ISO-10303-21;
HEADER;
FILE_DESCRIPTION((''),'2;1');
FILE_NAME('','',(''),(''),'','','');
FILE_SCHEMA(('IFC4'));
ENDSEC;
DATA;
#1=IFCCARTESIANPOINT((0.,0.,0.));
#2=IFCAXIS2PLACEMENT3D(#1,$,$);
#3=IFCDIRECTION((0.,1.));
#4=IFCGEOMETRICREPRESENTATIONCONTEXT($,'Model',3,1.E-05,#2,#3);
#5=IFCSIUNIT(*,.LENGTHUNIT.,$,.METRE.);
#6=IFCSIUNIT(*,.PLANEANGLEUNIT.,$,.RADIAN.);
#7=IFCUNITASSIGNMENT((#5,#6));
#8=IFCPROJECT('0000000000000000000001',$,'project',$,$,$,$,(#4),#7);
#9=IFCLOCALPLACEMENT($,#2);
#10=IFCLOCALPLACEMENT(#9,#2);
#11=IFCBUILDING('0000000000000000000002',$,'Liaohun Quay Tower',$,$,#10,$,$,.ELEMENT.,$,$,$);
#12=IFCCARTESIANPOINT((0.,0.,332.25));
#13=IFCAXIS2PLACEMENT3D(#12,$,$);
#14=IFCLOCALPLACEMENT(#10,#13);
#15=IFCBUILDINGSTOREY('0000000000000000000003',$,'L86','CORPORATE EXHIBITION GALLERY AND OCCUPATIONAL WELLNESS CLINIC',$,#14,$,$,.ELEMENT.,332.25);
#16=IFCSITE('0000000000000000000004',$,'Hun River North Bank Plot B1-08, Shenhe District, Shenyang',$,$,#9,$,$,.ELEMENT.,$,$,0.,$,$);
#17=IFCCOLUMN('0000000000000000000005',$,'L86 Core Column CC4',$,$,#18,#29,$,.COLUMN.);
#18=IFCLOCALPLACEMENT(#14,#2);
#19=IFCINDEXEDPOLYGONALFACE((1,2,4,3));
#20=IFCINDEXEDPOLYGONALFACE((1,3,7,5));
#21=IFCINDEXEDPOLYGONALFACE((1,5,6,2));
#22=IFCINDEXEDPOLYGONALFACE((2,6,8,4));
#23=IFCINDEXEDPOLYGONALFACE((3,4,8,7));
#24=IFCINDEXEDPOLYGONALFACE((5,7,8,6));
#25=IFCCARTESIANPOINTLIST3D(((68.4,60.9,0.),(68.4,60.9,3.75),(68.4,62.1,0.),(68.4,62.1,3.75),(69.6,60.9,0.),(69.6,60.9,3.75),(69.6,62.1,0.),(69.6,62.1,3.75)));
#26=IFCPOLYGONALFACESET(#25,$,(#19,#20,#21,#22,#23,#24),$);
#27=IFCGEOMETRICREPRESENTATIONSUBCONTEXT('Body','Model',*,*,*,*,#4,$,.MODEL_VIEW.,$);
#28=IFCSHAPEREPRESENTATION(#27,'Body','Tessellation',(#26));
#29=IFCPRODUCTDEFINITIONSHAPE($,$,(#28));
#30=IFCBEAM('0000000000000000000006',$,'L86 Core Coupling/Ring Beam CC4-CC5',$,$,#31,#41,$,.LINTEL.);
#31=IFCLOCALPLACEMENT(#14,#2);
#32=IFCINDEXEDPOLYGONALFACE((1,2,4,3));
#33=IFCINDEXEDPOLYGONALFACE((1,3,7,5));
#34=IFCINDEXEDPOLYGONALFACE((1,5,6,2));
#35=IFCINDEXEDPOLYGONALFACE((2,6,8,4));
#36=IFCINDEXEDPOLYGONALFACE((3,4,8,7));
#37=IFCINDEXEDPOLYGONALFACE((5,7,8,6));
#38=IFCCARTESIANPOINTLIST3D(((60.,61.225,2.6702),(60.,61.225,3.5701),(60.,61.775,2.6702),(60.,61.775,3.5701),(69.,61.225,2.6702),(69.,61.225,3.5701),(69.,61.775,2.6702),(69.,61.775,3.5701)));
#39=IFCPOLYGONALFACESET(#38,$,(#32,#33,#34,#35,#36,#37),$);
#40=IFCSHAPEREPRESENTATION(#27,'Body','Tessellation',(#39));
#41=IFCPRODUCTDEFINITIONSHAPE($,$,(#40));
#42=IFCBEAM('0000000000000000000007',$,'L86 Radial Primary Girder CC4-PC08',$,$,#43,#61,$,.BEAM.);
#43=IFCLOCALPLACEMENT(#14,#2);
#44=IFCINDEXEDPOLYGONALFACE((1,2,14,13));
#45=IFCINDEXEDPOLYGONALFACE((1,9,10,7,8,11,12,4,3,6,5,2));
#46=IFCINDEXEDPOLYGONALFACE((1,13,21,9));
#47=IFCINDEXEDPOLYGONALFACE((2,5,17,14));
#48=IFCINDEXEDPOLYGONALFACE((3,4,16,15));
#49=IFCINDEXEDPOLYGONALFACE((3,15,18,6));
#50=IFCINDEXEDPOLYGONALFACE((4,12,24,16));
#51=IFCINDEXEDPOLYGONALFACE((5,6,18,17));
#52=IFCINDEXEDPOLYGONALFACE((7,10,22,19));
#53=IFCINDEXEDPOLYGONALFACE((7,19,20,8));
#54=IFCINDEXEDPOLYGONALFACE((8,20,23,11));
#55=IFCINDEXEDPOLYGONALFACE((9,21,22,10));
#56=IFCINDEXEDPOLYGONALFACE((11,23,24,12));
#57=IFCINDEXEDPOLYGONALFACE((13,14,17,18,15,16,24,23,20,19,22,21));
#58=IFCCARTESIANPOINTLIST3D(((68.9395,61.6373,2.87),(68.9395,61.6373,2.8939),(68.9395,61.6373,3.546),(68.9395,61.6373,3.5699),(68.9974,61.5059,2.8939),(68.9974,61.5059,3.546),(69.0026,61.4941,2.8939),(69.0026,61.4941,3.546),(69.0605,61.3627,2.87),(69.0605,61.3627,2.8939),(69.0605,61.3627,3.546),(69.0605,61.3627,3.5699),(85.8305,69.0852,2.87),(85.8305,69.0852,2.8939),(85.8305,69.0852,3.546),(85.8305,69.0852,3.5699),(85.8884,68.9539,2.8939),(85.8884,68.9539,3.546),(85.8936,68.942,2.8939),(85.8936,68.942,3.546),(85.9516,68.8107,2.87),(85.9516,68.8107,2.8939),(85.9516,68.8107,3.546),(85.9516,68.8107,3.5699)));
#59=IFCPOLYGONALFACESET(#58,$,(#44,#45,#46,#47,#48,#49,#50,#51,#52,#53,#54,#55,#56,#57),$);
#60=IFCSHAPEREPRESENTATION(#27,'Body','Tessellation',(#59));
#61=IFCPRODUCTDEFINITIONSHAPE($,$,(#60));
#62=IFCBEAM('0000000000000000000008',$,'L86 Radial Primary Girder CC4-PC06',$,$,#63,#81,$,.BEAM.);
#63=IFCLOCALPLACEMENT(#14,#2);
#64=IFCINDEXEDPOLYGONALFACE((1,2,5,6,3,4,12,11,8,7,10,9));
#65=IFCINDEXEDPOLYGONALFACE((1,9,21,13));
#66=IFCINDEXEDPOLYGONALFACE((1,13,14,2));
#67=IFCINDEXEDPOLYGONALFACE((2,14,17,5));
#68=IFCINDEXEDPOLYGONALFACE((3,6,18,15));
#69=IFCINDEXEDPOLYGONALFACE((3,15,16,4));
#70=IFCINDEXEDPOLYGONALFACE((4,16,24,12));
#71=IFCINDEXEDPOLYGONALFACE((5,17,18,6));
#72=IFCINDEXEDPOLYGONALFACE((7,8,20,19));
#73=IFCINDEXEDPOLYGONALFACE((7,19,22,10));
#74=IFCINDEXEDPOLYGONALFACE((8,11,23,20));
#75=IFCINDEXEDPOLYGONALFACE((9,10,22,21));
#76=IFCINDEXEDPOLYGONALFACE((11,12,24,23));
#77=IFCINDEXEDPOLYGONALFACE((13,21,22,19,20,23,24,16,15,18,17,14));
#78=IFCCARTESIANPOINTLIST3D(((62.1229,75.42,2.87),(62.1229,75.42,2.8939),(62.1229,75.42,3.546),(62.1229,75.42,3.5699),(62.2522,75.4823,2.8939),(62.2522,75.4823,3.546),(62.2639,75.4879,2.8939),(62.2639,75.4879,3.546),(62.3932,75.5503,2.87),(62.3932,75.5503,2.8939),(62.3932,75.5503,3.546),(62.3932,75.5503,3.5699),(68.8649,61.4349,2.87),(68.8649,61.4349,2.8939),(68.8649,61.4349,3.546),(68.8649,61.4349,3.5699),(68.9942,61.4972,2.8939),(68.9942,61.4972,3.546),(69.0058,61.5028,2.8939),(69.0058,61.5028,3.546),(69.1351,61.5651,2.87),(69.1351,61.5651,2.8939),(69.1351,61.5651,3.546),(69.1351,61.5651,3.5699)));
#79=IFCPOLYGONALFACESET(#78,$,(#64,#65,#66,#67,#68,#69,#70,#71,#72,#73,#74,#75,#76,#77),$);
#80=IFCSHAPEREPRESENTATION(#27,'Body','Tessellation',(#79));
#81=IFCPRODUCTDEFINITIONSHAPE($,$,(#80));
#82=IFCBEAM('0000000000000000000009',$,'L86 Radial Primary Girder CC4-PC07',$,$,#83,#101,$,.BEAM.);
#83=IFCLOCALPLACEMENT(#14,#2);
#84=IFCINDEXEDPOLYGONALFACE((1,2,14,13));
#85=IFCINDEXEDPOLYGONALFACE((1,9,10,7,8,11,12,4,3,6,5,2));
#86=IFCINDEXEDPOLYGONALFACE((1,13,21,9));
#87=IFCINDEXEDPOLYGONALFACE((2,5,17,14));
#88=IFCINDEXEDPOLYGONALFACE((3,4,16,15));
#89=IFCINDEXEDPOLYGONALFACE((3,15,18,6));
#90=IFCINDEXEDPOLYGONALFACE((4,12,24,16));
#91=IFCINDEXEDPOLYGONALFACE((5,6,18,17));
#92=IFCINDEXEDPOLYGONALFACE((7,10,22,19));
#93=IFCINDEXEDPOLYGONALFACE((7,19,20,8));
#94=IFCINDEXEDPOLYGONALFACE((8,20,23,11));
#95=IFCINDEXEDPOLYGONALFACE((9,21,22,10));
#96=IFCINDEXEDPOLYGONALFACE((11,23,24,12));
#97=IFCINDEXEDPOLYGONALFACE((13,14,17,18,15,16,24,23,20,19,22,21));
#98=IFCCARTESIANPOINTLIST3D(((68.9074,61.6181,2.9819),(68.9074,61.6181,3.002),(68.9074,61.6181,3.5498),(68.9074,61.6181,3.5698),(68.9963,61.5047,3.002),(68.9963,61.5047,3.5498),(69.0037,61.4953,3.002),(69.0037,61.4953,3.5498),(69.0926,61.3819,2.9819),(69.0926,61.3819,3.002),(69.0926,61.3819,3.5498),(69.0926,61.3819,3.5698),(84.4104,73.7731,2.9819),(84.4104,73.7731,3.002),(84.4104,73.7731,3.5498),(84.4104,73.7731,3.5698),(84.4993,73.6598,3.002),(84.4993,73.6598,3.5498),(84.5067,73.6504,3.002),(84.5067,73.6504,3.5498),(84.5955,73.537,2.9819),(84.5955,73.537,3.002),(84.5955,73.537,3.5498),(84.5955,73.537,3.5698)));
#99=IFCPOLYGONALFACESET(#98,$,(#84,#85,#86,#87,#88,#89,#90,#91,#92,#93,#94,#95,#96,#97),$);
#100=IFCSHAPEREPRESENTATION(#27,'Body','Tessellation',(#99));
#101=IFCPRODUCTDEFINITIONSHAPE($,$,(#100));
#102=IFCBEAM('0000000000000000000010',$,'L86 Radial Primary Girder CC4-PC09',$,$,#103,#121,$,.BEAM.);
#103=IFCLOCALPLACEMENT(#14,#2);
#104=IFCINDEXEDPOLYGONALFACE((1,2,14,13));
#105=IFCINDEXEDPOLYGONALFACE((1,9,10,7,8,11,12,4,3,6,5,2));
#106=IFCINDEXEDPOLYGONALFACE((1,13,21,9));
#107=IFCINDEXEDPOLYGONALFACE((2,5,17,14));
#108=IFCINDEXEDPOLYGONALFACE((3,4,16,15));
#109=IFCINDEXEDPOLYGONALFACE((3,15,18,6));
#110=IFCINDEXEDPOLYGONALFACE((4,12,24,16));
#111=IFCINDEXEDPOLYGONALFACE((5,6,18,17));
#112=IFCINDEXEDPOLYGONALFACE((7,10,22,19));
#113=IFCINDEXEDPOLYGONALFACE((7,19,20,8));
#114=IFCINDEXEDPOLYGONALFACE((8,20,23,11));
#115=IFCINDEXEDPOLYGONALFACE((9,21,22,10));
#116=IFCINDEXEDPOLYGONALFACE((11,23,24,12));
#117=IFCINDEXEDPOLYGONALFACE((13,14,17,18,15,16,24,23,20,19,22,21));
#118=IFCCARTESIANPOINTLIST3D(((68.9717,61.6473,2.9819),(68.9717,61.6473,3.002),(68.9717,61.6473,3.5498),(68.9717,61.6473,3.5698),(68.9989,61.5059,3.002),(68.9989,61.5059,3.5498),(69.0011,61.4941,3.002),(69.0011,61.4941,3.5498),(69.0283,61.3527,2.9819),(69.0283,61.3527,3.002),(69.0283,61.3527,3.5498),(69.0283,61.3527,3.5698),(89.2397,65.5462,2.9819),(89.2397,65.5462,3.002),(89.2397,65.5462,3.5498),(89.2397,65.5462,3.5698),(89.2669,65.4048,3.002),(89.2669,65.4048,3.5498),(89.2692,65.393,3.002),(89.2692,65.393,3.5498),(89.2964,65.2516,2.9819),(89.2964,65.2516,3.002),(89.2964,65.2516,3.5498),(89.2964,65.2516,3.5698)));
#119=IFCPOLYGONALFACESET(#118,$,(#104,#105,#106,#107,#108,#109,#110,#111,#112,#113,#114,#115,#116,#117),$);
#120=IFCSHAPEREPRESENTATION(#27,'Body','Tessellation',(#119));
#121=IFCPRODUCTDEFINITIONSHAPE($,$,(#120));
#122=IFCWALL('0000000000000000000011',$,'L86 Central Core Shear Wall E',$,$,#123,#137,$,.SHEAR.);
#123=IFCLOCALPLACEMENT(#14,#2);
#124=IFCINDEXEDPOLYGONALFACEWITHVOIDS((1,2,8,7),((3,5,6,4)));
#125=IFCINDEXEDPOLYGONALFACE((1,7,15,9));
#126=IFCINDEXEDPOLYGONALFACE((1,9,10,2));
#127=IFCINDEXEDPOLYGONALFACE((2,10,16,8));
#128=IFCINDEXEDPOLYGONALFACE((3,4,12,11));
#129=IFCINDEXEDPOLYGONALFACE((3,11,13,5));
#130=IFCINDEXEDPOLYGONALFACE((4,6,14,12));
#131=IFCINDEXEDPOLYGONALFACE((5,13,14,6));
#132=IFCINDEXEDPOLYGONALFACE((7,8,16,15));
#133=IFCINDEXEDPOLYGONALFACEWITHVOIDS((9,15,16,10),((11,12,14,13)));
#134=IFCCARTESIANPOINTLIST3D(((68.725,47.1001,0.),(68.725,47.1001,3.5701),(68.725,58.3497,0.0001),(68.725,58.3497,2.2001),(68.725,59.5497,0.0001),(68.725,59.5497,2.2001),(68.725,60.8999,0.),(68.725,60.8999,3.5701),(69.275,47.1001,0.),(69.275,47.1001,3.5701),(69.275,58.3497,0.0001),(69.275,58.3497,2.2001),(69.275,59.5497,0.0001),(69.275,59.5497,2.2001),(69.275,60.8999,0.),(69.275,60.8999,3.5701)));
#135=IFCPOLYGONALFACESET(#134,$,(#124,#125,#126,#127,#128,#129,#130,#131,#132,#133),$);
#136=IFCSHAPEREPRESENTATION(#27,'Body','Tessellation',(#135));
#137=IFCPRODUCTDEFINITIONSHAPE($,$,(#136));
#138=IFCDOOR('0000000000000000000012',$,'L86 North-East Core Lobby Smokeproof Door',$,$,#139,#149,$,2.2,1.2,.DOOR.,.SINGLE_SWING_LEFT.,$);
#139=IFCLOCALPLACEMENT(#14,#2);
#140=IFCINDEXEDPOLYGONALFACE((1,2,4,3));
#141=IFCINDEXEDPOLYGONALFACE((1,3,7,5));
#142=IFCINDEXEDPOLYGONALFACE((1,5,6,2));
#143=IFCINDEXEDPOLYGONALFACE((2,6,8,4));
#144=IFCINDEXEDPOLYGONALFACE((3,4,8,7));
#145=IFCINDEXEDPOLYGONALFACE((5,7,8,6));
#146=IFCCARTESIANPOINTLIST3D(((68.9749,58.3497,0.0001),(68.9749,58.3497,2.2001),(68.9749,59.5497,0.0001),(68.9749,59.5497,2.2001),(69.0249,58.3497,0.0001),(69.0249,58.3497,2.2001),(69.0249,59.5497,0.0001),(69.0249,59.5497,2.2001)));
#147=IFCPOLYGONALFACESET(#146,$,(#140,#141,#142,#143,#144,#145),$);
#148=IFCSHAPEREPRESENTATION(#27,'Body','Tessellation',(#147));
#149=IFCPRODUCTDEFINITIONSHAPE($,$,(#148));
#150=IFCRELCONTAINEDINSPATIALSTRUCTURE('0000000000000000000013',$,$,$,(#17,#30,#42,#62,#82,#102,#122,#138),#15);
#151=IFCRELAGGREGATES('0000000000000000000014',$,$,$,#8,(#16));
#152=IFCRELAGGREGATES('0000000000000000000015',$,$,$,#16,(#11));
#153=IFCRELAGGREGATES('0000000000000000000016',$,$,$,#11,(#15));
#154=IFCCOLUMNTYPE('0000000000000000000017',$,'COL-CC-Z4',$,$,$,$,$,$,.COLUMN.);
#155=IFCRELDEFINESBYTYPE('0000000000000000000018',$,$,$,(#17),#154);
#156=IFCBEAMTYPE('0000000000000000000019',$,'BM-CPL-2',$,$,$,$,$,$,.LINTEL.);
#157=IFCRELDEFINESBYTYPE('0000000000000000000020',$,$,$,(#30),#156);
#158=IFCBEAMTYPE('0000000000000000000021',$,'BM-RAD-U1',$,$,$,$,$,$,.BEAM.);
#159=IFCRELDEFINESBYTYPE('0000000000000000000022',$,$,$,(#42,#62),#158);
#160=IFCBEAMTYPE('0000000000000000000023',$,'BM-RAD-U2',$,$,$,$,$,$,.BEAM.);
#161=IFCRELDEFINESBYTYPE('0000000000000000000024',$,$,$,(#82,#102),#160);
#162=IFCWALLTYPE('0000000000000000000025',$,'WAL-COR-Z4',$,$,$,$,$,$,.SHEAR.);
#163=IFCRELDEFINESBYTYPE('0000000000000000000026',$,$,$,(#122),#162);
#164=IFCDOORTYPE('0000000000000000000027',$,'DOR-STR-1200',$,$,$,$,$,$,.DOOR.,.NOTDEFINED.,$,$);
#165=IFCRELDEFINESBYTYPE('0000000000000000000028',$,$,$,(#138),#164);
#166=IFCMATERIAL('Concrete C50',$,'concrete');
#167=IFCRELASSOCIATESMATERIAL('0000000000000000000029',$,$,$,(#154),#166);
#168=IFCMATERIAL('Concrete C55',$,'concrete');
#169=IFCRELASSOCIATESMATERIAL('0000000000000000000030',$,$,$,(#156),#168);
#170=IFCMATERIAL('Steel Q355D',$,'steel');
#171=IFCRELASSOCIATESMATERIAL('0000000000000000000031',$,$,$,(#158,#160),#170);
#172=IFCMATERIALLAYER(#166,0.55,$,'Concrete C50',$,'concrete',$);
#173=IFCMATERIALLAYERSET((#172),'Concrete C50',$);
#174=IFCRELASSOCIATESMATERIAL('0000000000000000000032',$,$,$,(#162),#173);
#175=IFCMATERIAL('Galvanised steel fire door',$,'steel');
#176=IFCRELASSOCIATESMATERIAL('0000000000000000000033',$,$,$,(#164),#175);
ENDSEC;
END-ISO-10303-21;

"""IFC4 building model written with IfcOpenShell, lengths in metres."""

from ifc_helpers import new_model, si_unit, direction, frame, frame_2d, origin, origin_2d, place, context, subcontext, project, spatial, rectangle, i_section, extrude, source, transform, mapped, material, layer, layer_set, material_profile, profile_set, type_object, element, fill, save


model = new_model("IFC4")

# Units and contexts
model_context = context("Model", 3, precision=1e-05, world=origin(), true_north=direction((0.0, 1.0)))
body_context = subcontext(model_context, "Body", "Model", "MODEL_VIEW")
ifc_project = project(units=[si_unit("LENGTHUNIT", "METRE"), si_unit("PLANEANGLEUNIT", "RADIAN")], contexts=[model_context])

# Site, building, storey
site_placement = place(None, origin())
site = spatial("IfcSite", under=ifc_project, at=site_placement, Name="Hun River North Bank Plot B1-08, Shenhe District, Shenyang", CompositionType="ELEMENT", RefElevation=0.0)
building_placement = place(site_placement, origin())
building = spatial("IfcBuilding", under=site, at=building_placement, Name="Liaohun Quay Tower", CompositionType="ELEMENT")
storey_placement = place(building_placement, frame((0.0, 0.0, 332.25)))
storey = spatial("IfcBuildingStorey", under=building, at=storey_placement, Name="L86", Description="CORPORATE EXHIBITION GALLERY AND OCCUPATIONAL WELLNESS CLINIC", CompositionType="ELEMENT", Elevation=332.25)

# Column
ifc_material_1 = material(Name="Concrete C50", Category="concrete")
ifc_material_profile_1 = material_profile(ifc_material_1, rectangle(XDim=1.2, YDim=1.2, at=origin_2d()), Name="RC1200x1200")
ifc_profile_set_1 = profile_set([ifc_material_profile_1], Name="Concrete C50")
column_type = type_object("IfcColumnType", Name="COL-CC-Z4", PredefinedType="COLUMN", material=ifc_profile_set_1)
shared_shape_1 = source(origin(), body_context, "Body", "SweptSolid", [
    extrude(rectangle(XDim=1.2, YDim=1.2, at=origin_2d()), origin(), (0.0, 0.0, 1.0), 3.75),
])
column_placement = place(storey_placement, frame((69.0, 61.5, 0.0), z_axis=(0.0, 0.0, 1.0), x_axis=(1.0, 0.0, 0.0)))
element("IfcColumn", 1, at=column_placement, inside=storey, type_object=column_type, Name="L86 Core Column CC4", PredefinedType="COLUMN", context=body_context, shape_type="MappedRepresentation", body=[
    mapped(shared_shape_1, transform((0.0, 0.0, 0.0), x_axis=(1.0, 0.0, 0.0), y_axis=(0.0, 1.0, 0.0), z_axis=(0.0, 0.0, 1.0), scale=1.0)),
])

# Beams
ifc_material_2 = material(Name="Concrete C55", Category="concrete")
ifc_material_profile_2 = material_profile(ifc_material_2, rectangle(XDim=0.55, YDim=0.8999, at=origin_2d()), Name="RC550x900")
ifc_profile_set_2 = profile_set([ifc_material_profile_2], Name="Concrete C55")
beam_type_1 = type_object("IfcBeamType", Name="BM-CPL-2", PredefinedType="LINTEL", material=ifc_profile_set_2)
shared_shape_2 = source(origin(), body_context, "Body", "SweptSolid", [
    extrude(rectangle(XDim=0.55, YDim=0.8999, at=origin_2d()), origin(), (0.0, 0.0, 1.0), 9.0),
])
beam_1_placement = place(storey_placement, frame((69.0, 61.5, 3.1201), z_axis=(-1.0, 0.0, 0.0), x_axis=(0.0, -1.0, 0.0)))
element("IfcBeam", 2, at=beam_1_placement, inside=storey, type_object=beam_type_1, Name="L86 Core Coupling/Ring Beam CC4-CC5", PredefinedType="LINTEL", context=body_context, shape_type="MappedRepresentation", body=[
    mapped(shared_shape_2, transform((0.0, 0.0, 0.0), x_axis=(1.0, 0.0, 0.0), y_axis=(0.0, 1.0, 0.0), z_axis=(0.0, 0.0, 1.0), scale=1.0)),
])
ifc_material_3 = material(Name="Steel Q355D", Category="steel")
ifc_material_profile_3 = material_profile(ifc_material_3, i_section(OverallWidth=0.3, OverallDepth=0.7, WebThickness=0.0129, FlangeThickness=0.0239, at=origin_2d()), Name="HN700x300x13x24")
ifc_profile_set_3 = profile_set([ifc_material_profile_3], Name="Steel Q355D")
beam_type_2 = type_object("IfcBeamType", Name="BM-RAD-U1", PredefinedType="BEAM", material=ifc_profile_set_3)
shared_shape_3 = source(origin(), body_context, "Body", "SweptSolid", [
    extrude(i_section(OverallWidth=0.3, OverallDepth=0.7, WebThickness=0.0129, FlangeThickness=0.0239, at=origin_2d()), origin(), (0.0, 0.0, 1.0), 18.4602),
])
beam_2_placement = place(storey_placement, frame((69.0, 61.5, 3.22), z_axis=(0.914997, 0.40346, 0.0), x_axis=(-0.40346, 0.914997, 0.0)))
element("IfcBeam", 3, at=beam_2_placement, inside=storey, type_object=beam_type_2, Name="L86 Radial Primary Girder CC4-PC08", PredefinedType="BEAM", context=body_context, shape_type="MappedRepresentation", body=[
    mapped(shared_shape_3, transform((0.0, 0.0, 0.0), x_axis=(1.0, 0.0, 0.0), y_axis=(0.0, 1.0, 0.0), z_axis=(0.0, 0.0, 1.0), scale=1.0)),
])
shared_shape_4 = source(origin(), body_context, "Body", "SweptSolid", [
    extrude(i_section(OverallWidth=0.3, OverallDepth=0.7, WebThickness=0.0129, FlangeThickness=0.0239, at=origin_2d()), origin(), (0.0, 0.0, 1.0), 15.5254),
])
beam_3_placement = place(storey_placement, frame((69.0, 61.5, 3.22), z_axis=(-0.434253, 0.900791, 0.0), x_axis=(-0.900791, -0.434253, 0.0)))
element("IfcBeam", 4, at=beam_3_placement, inside=storey, type_object=beam_type_2, Name="L86 Radial Primary Girder CC4-PC06", PredefinedType="BEAM", context=body_context, shape_type="MappedRepresentation", body=[
    mapped(shared_shape_4, transform((0.0, 0.0, 0.0), x_axis=(1.0, 0.0, 0.0), y_axis=(0.0, 1.0, 0.0), z_axis=(0.0, 0.0, 1.0), scale=1.0)),
])
ifc_material_profile_4 = material_profile(ifc_material_3, i_section(OverallWidth=0.3, OverallDepth=0.5879, WebThickness=0.012, FlangeThickness=0.02, at=origin_2d()), Name="HM588x300x12x20")
ifc_profile_set_4 = profile_set([ifc_material_profile_4], Name="Steel Q355D")
beam_type_3 = type_object("IfcBeamType", Name="BM-RAD-U2", PredefinedType="BEAM", material=ifc_profile_set_4)
shared_shape_5 = source(origin(), body_context, "Body", "SweptSolid", [
    extrude(i_section(OverallWidth=0.3, OverallDepth=0.5879, WebThickness=0.012, FlangeThickness=0.02, at=origin_2d()), origin(), (0.0, 0.0, 1.0), 19.7),
])
beam_4_placement = place(storey_placement, frame((69.0, 61.5, 3.2759), z_axis=(0.786955, 0.61701, 0.0), x_axis=(-0.61701, 0.786955, 0.0)))
element("IfcBeam", 5, at=beam_4_placement, inside=storey, type_object=beam_type_3, Name="L86 Radial Primary Girder CC4-PC07", PredefinedType="BEAM", context=body_context, shape_type="MappedRepresentation", body=[
    mapped(shared_shape_5, transform((0.0, 0.0, 0.0), x_axis=(1.0, 0.0, 0.0), y_axis=(0.0, 1.0, 0.0), z_axis=(0.0, 0.0, 1.0), scale=1.0)),
])
shared_shape_6 = source(origin(), body_context, "Body", "SweptSolid", [
    extrude(i_section(OverallWidth=0.3, OverallDepth=0.5879, WebThickness=0.012, FlangeThickness=0.02, at=origin_2d()), origin(), (0.0, 0.0, 1.0), 20.6396),
])
beam_5_placement = place(storey_placement, frame((69.0, 61.5, 3.2759), z_axis=(0.981995, 0.188904, 0.0), x_axis=(-0.188904, 0.981995, 0.0)))
element("IfcBeam", 6, at=beam_5_placement, inside=storey, type_object=beam_type_3, Name="L86 Radial Primary Girder CC4-PC09", PredefinedType="BEAM", context=body_context, shape_type="MappedRepresentation", body=[
    mapped(shared_shape_6, transform((0.0, 0.0, 0.0), x_axis=(1.0, 0.0, 0.0), y_axis=(0.0, 1.0, 0.0), z_axis=(0.0, 0.0, 1.0), scale=1.0)),
])

# Wall, opening, door
ifc_layer_1 = layer(ifc_material_1, 0.55, Name="Concrete C50", Category="concrete")
ifc_layer_set_1 = layer_set([ifc_layer_1], Name="Concrete C50")
wall_type_1 = type_object("IfcWallType", Name="WAL-COR-Z4", PredefinedType="SHEAR", material=ifc_layer_set_1)
wall_1_placement = place(storey_placement, frame((69.0, 60.8999, 0.0), z_axis=(0.0, 0.0, 1.0), x_axis=(0.0, -1.0, 0.0)))
wall_1 = element("IfcWall", 7, at=wall_1_placement, inside=storey, type_object=wall_type_1, Name="L86 Central Core Shear Wall E", PredefinedType="SHEAR", context=body_context, shape_type="SweptSolid", body=[
    extrude(rectangle(XDim=13.7998, YDim=0.55, at=frame_2d((6.8999, 0.0))), origin(), (0.0, 0.0, 1.0), 3.5701),
])
shared_shape_7 = source(origin(), body_context, "Body", "SweptSolid", [
    extrude(rectangle(XDim=1.2, YDim=2.2, at=frame_2d((0.6001, 1.1001))), frame((0.0, 0.2849, 0.0), z_axis=(0.0, -1.0, 0.0), x_axis=(1.0, 0.0, 0.0)), (0.0, 0.0, 1.0), 0.5701),
])
opening_1_placement = place(wall_1_placement, frame((1.3501, 0.0, 0.0)))
opening_1 = element("IfcOpeningElement", 8, at=opening_1_placement, cuts=wall_1, PredefinedType="OPENING", context=body_context, shape_type="MappedRepresentation", body=[
    mapped(shared_shape_7, transform((0.0, 0.0, 0.0), x_axis=(1.0, 0.0, 0.0), y_axis=(0.0, 1.0, 0.0), z_axis=(0.0, 0.0, 1.0), scale=1.0)),
])
ifc_material_4 = material(Name="Galvanised steel fire door", Category="steel")
door_type_1 = type_object("IfcDoorType", Name="DOR-STR-1200", OperationType="NOTDEFINED", PredefinedType="DOOR", material=ifc_material_4)
shared_shape_8 = source(origin(), body_context, "Body", "SweptSolid", [
    extrude(rectangle(XDim=1.2, YDim=2.2, at=frame_2d((0.6001, 1.1001))), frame((0.0, 0.0249, 0.0), z_axis=(0.0, -1.0, 0.0), x_axis=(1.0, 0.0, 0.0)), (0.0, 0.0, 1.0), 0.05),
])
door_1_placement = place(opening_1_placement, origin())
door_1 = element("IfcDoor", 9, at=door_1_placement, inside=storey, type_object=door_type_1, Name="L86 North-East Core Lobby Smokeproof Door", OperationType="SINGLE_SWING_LEFT", OverallHeight=2.2, OverallWidth=1.2, PredefinedType="DOOR", context=body_context, shape_type="MappedRepresentation", body=[
    mapped(shared_shape_8, transform((0.0, 0.0, 0.0), x_axis=(1.0, 0.0, 0.0), y_axis=(0.0, 1.0, 0.0), z_axis=(0.0, 0.0, 1.0), scale=1.0)),
])
fill(opening_1, door_1)

save(model, "model.ifc")
